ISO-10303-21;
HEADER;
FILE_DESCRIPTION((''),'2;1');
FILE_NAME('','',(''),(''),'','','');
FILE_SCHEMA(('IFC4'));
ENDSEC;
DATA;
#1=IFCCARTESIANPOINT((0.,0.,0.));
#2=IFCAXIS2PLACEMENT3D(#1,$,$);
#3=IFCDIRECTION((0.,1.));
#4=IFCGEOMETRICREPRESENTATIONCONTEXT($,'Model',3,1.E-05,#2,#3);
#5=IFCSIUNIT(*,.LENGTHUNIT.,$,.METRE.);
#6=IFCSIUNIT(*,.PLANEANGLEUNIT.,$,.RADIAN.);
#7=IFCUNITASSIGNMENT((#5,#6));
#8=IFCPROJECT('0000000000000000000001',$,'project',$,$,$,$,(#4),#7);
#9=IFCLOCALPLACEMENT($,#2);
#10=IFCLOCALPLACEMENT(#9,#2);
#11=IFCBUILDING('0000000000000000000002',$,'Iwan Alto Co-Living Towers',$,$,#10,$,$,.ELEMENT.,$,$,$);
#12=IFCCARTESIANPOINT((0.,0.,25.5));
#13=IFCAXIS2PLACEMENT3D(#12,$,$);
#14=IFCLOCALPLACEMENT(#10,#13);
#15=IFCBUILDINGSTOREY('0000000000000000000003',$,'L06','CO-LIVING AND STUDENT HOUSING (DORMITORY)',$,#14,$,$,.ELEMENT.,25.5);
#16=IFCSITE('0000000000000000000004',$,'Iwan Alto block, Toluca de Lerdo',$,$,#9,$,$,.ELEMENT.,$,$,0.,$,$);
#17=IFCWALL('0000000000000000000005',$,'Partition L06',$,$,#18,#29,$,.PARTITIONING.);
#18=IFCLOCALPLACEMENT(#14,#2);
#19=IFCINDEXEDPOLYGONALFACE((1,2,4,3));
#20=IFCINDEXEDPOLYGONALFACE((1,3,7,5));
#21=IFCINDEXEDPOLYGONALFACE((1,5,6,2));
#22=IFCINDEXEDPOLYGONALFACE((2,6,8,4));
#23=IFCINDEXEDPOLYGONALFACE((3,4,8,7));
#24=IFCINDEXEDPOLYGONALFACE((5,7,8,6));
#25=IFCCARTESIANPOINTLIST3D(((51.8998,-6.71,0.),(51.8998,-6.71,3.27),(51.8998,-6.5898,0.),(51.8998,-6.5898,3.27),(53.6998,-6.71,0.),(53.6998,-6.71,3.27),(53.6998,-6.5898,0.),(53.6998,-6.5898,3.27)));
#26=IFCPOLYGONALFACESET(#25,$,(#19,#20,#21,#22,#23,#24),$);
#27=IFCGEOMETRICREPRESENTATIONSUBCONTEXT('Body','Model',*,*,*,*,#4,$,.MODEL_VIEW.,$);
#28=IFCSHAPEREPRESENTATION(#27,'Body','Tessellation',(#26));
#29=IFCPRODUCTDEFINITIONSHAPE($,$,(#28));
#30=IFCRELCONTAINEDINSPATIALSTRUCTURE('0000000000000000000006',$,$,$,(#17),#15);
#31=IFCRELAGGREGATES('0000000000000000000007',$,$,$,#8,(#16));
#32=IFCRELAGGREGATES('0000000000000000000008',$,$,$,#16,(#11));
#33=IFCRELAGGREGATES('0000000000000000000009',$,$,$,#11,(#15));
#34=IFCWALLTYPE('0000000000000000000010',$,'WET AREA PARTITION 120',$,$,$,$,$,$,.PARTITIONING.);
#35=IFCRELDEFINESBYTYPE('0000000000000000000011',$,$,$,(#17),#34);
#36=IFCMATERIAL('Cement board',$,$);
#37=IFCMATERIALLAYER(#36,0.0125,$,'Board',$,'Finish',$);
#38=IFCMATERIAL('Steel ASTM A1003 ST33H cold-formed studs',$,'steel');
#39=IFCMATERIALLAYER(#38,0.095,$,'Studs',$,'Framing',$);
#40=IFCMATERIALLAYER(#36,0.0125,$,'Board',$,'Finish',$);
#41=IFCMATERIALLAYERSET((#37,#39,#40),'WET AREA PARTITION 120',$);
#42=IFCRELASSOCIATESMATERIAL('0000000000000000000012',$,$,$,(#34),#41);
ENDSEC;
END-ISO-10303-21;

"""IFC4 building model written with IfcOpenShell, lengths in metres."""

from ifc_helpers import new_model, si_unit, direction, frame, frame_2d, origin, place, context, subcontext, project, spatial, rectangle, extrude, material, layer, layer_set, type_object, element, save


model = new_model("IFC4")

# Units and contexts
model_context = context("Model", 3, precision=1e-05, world=origin(), true_north=direction((0.0, 1.0)))
body_context = subcontext(model_context, "Body", "Model", "MODEL_VIEW")
ifc_project = project(units=[si_unit("LENGTHUNIT", "METRE"), si_unit("PLANEANGLEUNIT", "RADIAN")], contexts=[model_context])

# Site, building, storey
site_placement = place(None, origin())
site = spatial("IfcSite", under=ifc_project, at=site_placement, Name="Iwan Alto block, Toluca de Lerdo", CompositionType="ELEMENT", RefElevation=0.0)
building_placement = place(site_placement, origin())
building = spatial("IfcBuilding", under=site, at=building_placement, Name="Iwan Alto Co-Living Towers", CompositionType="ELEMENT")
storey_placement = place(building_placement, frame((0.0, 0.0, 25.5)))
storey = spatial("IfcBuildingStorey", under=building, at=storey_placement, Name="L06", Description="CO-LIVING AND STUDENT HOUSING (DORMITORY)", CompositionType="ELEMENT", Elevation=25.5)

# Shared definitions
ifc_material_1 = material(Name="Steel ASTM A1003 ST33H cold-formed studs", Category="steel")

# Wall
ifc_material_2 = material(Name="Cement board")
ifc_layer_1 = layer(ifc_material_2, 0.0125, Name="Board", Category="Finish")
ifc_layer_2 = layer(ifc_material_1, 0.095, Name="Studs", Category="Framing")
ifc_layer_3 = layer(ifc_material_2, 0.0125, Name="Board", Category="Finish")
ifc_layer_set_1 = layer_set([ifc_layer_1, ifc_layer_2, ifc_layer_3], Name="WET AREA PARTITION 120")
wall_type_1 = type_object("IfcWallType", Name="WET AREA PARTITION 120", PredefinedType="PARTITIONING", material=ifc_layer_set_1)
wall_1_placement = place(storey_placement, frame((51.8999, -6.6499, 0.0), z_axis=(0.0, 0.0, 1.0), x_axis=(1.0, 0.0, 0.0)))
element("IfcWall", 1, at=wall_1_placement, inside=storey, type_object=wall_type_1, Name="Partition L06", PredefinedType="PARTITIONING", context=body_context, shape_type="SweptSolid", body=[
    extrude(rectangle(XDim=1.8, YDim=0.1201, at=frame_2d((0.8999, 0.0))), origin(), (0.0, 0.0, 1.0), 3.27),
])

save(model, "model.ifc")
